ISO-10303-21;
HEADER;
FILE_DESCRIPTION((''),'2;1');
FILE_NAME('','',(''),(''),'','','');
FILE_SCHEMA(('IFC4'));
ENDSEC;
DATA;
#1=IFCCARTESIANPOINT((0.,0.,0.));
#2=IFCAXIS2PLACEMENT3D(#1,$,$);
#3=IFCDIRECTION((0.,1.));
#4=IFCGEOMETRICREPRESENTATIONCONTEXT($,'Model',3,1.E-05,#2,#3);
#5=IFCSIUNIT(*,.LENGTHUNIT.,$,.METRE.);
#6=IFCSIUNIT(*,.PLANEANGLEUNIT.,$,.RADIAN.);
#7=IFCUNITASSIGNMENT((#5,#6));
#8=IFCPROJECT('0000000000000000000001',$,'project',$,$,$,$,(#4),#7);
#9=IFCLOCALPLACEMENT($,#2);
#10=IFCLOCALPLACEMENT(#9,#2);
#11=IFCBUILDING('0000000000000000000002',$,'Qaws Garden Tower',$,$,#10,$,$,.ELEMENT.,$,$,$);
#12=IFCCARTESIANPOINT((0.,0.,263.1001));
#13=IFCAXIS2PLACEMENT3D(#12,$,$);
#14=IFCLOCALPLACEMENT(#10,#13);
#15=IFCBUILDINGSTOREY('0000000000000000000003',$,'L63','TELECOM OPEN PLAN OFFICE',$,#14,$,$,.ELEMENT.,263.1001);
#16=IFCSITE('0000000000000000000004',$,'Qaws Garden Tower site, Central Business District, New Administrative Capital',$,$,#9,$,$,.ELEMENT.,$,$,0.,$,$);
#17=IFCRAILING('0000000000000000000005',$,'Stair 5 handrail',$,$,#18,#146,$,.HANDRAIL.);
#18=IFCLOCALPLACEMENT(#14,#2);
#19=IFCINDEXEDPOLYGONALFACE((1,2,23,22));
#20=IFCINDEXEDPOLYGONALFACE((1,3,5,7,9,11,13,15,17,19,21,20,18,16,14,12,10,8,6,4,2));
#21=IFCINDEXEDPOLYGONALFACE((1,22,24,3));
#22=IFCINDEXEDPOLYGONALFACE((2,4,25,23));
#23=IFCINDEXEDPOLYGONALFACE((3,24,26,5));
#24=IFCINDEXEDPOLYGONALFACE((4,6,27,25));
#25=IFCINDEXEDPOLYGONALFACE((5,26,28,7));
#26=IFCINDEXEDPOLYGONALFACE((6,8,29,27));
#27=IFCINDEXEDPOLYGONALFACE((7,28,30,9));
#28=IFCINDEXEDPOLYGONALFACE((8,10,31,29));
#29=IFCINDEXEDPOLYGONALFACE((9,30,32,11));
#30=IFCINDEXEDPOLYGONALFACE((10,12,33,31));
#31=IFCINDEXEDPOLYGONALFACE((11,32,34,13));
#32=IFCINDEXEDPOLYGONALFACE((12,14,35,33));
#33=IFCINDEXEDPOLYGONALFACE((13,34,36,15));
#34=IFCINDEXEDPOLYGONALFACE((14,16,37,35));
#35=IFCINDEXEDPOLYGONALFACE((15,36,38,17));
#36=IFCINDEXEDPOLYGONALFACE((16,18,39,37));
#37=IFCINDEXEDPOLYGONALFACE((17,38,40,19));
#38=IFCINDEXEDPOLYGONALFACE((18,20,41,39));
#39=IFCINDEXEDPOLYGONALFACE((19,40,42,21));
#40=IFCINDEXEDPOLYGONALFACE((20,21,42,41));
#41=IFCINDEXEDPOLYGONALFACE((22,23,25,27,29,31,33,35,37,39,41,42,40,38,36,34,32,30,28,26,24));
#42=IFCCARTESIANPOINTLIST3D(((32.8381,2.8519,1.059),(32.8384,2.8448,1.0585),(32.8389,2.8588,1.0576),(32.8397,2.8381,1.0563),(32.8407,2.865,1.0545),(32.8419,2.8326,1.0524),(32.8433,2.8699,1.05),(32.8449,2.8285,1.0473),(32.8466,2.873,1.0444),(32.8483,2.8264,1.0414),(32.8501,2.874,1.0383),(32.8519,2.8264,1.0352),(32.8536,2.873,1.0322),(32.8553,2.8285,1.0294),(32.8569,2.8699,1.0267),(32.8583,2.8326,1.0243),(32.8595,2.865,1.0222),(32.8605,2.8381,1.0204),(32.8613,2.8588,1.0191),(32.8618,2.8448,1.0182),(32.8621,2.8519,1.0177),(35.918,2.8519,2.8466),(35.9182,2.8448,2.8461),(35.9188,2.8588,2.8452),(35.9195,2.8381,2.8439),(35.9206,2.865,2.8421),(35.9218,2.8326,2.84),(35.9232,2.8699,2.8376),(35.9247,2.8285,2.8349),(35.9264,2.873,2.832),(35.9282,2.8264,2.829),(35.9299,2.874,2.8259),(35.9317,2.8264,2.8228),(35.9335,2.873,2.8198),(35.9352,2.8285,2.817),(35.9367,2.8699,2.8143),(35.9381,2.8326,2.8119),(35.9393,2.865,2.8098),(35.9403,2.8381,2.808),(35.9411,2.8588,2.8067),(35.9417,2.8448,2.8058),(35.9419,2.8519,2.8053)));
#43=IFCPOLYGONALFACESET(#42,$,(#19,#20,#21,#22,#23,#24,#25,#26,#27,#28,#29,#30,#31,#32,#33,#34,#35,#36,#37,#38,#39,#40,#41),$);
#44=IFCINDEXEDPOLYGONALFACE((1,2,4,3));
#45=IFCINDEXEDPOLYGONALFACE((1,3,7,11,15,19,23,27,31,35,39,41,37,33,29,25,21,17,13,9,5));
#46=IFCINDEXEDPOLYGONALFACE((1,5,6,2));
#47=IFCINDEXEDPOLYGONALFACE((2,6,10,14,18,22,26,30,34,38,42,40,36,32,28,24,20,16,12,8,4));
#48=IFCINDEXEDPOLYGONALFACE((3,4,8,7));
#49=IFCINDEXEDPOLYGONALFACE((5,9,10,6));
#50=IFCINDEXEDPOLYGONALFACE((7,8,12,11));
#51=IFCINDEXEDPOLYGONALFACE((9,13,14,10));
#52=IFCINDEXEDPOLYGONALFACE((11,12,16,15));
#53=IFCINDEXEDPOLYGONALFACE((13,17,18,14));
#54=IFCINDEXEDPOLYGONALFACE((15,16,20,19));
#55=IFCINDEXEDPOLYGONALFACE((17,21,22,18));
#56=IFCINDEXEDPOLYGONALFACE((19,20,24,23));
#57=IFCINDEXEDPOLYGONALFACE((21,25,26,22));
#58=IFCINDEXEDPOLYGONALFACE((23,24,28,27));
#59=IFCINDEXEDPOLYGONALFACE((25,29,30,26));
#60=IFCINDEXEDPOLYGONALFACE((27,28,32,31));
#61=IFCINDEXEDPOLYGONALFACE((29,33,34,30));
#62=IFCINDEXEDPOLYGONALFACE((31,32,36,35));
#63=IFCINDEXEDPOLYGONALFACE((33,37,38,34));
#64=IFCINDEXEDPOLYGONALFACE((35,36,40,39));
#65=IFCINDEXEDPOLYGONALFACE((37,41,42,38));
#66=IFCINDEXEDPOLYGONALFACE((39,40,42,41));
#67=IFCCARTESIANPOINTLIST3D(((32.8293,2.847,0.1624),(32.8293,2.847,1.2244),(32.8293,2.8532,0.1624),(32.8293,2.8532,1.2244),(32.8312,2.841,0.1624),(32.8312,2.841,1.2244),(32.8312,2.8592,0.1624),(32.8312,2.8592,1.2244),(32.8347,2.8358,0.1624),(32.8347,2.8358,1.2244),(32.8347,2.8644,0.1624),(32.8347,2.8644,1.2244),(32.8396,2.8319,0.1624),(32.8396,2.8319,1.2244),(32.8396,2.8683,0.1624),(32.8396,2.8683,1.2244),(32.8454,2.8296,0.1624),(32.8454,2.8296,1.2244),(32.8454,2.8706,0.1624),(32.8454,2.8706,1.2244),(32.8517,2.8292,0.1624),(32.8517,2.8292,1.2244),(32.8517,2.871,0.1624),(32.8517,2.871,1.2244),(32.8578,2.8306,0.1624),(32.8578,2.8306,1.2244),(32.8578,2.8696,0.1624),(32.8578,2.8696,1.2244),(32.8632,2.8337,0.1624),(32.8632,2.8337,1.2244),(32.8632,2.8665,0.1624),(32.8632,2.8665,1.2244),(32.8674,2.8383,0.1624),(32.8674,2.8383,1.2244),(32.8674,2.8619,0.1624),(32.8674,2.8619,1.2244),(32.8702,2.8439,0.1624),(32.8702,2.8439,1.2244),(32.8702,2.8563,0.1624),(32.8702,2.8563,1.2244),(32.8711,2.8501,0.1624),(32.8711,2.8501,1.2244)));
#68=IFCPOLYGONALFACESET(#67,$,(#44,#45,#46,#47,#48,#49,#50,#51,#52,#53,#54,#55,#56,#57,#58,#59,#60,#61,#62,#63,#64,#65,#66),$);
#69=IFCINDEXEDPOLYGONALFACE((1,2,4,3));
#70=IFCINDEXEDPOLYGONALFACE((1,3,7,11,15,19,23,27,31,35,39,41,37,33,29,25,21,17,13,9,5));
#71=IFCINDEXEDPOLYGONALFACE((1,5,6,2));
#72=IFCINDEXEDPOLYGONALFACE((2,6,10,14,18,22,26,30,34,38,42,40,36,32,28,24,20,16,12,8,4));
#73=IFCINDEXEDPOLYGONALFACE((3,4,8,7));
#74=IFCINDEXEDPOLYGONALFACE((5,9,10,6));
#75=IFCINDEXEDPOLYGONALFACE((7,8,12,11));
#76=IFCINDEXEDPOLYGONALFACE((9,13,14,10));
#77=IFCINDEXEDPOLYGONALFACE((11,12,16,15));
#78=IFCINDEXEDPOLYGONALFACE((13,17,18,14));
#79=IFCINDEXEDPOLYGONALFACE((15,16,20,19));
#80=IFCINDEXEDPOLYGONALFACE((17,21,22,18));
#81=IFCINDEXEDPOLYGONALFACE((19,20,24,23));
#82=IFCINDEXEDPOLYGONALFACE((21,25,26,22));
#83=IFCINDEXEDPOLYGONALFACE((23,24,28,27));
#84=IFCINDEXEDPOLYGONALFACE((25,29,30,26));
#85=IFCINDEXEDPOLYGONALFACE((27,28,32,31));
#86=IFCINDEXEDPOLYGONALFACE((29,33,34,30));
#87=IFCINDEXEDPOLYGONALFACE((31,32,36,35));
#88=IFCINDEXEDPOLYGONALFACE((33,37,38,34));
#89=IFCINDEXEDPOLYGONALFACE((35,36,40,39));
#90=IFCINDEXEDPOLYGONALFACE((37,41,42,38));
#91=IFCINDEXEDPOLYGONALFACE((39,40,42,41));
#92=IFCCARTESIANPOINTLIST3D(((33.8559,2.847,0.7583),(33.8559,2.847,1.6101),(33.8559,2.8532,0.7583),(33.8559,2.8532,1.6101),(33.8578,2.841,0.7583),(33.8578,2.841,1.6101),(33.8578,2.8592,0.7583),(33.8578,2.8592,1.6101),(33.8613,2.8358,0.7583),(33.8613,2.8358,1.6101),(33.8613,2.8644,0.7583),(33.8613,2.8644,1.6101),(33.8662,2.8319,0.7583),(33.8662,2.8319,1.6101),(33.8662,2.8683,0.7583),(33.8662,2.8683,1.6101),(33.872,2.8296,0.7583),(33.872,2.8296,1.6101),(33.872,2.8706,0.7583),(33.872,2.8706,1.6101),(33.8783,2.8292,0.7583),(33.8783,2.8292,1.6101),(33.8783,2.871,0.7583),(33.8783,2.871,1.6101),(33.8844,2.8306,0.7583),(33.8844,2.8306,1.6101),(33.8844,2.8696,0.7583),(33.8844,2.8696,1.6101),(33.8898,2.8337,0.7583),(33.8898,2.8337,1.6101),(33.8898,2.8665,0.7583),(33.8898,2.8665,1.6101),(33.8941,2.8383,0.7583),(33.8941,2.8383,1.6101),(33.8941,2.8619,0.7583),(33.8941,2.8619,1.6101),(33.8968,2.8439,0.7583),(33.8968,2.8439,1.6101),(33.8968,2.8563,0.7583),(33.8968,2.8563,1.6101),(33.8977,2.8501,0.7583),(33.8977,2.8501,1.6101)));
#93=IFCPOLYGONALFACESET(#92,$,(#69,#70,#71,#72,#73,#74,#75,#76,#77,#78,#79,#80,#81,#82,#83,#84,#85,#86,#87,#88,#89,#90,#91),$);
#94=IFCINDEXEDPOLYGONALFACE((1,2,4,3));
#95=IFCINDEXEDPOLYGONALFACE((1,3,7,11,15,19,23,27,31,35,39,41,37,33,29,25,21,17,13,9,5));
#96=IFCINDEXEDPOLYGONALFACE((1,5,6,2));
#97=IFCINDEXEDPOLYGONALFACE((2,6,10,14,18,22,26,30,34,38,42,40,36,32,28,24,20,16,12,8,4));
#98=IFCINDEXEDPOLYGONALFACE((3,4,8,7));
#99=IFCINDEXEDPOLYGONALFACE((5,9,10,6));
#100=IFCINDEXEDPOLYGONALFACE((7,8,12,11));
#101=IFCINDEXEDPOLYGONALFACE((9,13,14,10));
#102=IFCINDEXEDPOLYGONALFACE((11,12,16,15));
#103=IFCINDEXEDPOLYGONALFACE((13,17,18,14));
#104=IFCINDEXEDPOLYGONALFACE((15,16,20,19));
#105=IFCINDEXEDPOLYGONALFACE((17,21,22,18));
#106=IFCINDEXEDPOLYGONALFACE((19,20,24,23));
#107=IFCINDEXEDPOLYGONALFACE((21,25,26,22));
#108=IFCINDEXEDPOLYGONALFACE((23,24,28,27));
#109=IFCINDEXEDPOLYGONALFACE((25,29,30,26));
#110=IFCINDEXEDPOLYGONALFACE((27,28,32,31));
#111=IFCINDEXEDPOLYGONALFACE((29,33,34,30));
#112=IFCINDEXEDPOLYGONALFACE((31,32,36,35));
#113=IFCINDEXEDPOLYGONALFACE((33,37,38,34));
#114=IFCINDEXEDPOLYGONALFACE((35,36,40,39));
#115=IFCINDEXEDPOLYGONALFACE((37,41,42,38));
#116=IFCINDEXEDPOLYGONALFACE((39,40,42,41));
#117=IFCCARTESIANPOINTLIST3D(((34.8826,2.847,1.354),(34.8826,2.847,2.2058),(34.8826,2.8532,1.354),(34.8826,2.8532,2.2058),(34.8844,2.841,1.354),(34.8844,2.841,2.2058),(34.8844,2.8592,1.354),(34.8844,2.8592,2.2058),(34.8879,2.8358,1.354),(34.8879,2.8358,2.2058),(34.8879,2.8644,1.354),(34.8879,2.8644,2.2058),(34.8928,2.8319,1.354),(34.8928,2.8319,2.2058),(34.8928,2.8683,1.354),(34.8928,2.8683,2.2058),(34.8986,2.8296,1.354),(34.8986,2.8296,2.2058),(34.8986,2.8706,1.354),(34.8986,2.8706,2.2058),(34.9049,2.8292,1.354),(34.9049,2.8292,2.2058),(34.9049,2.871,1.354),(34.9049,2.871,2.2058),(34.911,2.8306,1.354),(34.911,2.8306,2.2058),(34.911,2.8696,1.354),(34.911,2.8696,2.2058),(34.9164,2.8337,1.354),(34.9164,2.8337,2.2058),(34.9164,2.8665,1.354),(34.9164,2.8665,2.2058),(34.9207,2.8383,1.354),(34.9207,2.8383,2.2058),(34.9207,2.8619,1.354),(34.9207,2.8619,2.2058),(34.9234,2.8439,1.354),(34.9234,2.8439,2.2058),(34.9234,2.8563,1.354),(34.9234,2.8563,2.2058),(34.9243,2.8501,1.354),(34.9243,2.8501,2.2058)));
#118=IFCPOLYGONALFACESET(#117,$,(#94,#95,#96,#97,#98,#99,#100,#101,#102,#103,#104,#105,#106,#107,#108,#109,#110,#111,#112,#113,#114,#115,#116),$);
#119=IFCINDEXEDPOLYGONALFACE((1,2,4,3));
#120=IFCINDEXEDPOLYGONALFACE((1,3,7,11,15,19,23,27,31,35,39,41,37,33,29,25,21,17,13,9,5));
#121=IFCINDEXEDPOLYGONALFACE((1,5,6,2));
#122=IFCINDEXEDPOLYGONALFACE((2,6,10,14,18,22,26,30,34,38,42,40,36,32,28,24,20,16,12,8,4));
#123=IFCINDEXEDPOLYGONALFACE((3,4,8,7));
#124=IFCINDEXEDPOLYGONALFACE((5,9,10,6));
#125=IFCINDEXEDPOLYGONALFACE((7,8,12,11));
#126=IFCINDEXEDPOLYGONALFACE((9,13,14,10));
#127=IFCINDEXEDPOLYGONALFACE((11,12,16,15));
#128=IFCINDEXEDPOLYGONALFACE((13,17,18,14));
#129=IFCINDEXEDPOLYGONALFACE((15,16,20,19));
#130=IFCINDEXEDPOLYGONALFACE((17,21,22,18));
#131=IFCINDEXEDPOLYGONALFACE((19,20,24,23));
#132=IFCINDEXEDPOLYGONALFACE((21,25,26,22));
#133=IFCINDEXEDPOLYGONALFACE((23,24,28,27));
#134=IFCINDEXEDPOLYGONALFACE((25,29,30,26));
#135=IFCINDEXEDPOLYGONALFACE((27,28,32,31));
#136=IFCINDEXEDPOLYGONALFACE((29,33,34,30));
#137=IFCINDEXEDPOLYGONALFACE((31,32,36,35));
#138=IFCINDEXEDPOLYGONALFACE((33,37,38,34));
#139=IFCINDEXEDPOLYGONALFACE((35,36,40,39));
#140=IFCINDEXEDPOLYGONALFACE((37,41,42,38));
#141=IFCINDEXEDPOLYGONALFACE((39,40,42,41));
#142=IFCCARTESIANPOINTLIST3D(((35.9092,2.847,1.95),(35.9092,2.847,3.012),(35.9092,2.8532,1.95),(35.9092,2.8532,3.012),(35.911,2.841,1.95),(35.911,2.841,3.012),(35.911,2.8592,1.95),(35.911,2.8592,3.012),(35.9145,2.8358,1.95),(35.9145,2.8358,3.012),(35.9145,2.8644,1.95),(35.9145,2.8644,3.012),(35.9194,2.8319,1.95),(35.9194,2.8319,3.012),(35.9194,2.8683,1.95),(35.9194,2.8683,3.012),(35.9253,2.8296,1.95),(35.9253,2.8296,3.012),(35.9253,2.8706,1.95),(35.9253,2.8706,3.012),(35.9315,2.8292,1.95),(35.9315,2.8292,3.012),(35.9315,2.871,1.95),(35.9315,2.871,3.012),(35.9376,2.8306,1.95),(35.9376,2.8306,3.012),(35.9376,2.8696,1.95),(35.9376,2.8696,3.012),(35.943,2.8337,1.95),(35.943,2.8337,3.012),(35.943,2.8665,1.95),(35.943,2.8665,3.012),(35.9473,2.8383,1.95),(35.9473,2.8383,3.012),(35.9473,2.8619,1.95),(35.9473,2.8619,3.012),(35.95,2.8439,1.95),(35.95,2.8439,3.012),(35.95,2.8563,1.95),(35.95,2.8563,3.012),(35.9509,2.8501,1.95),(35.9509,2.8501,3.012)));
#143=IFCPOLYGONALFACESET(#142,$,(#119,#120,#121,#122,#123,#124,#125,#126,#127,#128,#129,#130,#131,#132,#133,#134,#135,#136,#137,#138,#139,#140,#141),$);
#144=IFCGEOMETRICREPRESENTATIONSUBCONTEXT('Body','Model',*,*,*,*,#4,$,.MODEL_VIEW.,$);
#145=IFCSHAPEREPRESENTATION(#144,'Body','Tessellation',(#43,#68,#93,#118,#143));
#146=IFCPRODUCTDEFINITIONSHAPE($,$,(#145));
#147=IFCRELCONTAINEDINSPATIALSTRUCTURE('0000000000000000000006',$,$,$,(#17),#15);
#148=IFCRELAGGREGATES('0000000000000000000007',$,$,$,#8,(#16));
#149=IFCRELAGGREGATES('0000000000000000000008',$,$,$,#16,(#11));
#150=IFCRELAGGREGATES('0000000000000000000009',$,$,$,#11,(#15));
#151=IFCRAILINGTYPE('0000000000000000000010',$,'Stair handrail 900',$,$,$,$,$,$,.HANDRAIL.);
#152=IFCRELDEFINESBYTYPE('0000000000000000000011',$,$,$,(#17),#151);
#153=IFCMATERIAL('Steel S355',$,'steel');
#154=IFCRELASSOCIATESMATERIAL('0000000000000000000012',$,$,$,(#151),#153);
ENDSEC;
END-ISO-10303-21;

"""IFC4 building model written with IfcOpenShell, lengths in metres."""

from ifc_helpers import new_model, si_unit, direction, frame, origin, origin_2d, place, context, subcontext, project, spatial, circle, extrude, material, type_object, element, save


model = new_model("IFC4")

# Units and contexts
model_context = context("Model", 3, precision=1e-05, world=origin(), true_north=direction((0.0, 1.0)))
body_context = subcontext(model_context, "Body", "Model", "MODEL_VIEW")
ifc_project = project(units=[si_unit("LENGTHUNIT", "METRE"), si_unit("PLANEANGLEUNIT", "RADIAN")], contexts=[model_context])

# Site, building, storey
site_placement = place(None, origin())
site = spatial("IfcSite", under=ifc_project, at=site_placement, Name="Qaws Garden Tower site, Central Business District, New Administrative Capital", CompositionType="ELEMENT", RefElevation=0.0)
building_placement = place(site_placement, origin())
building = spatial("IfcBuilding", under=site, at=building_placement, Name="Qaws Garden Tower", CompositionType="ELEMENT")
storey_placement = place(building_placement, frame((0.0, 0.0, 263.1001)))
storey = spatial("IfcBuildingStorey", under=building, at=storey_placement, Name="L63", Description="TELECOM OPEN PLAN OFFICE", CompositionType="ELEMENT", Elevation=263.1001)

# Railing
ifc_material_1 = material(Name="Steel S355", Category="steel")
railing_type = type_object("IfcRailingType", Name="Stair handrail 900", PredefinedType="HANDRAIL", material=ifc_material_1)
railing_placement = place(storey_placement, frame((32.8501, 2.8501, 0.1624)))
element("IfcRailing", 1, at=railing_placement, inside=storey, type_object=railing_type, Name="Stair 5 handrail", PredefinedType="HANDRAIL", context=body_context, shape_type="SweptSolid", body=[
    extrude(circle(Radius=0.0239, at=origin_2d()), frame((0.0, 0.0, 0.876), z_axis=(0.864873, 0.0, 0.50199), x_axis=(0.0, 1.0, 0.0)), (0.0, 0.0, 1.0), 3.561),
    extrude(circle(Radius=0.021, at=origin_2d()), origin(), (0.0, 0.0, 1.0), 1.062),
    extrude(circle(Radius=0.021, at=origin_2d()), frame((1.0266, 0.0, 0.5959)), (0.0, 0.0, 1.0), 0.8518),
    extrude(circle(Radius=0.021, at=origin_2d()), frame((2.0532, 0.0, 1.1917)), (0.0, 0.0, 1.0), 0.8518),
    extrude(circle(Radius=0.021, at=origin_2d()), frame((3.0798, 0.0, 1.7876)), (0.0, 0.0, 1.0), 1.062),
])

save(model, "model.ifc")
